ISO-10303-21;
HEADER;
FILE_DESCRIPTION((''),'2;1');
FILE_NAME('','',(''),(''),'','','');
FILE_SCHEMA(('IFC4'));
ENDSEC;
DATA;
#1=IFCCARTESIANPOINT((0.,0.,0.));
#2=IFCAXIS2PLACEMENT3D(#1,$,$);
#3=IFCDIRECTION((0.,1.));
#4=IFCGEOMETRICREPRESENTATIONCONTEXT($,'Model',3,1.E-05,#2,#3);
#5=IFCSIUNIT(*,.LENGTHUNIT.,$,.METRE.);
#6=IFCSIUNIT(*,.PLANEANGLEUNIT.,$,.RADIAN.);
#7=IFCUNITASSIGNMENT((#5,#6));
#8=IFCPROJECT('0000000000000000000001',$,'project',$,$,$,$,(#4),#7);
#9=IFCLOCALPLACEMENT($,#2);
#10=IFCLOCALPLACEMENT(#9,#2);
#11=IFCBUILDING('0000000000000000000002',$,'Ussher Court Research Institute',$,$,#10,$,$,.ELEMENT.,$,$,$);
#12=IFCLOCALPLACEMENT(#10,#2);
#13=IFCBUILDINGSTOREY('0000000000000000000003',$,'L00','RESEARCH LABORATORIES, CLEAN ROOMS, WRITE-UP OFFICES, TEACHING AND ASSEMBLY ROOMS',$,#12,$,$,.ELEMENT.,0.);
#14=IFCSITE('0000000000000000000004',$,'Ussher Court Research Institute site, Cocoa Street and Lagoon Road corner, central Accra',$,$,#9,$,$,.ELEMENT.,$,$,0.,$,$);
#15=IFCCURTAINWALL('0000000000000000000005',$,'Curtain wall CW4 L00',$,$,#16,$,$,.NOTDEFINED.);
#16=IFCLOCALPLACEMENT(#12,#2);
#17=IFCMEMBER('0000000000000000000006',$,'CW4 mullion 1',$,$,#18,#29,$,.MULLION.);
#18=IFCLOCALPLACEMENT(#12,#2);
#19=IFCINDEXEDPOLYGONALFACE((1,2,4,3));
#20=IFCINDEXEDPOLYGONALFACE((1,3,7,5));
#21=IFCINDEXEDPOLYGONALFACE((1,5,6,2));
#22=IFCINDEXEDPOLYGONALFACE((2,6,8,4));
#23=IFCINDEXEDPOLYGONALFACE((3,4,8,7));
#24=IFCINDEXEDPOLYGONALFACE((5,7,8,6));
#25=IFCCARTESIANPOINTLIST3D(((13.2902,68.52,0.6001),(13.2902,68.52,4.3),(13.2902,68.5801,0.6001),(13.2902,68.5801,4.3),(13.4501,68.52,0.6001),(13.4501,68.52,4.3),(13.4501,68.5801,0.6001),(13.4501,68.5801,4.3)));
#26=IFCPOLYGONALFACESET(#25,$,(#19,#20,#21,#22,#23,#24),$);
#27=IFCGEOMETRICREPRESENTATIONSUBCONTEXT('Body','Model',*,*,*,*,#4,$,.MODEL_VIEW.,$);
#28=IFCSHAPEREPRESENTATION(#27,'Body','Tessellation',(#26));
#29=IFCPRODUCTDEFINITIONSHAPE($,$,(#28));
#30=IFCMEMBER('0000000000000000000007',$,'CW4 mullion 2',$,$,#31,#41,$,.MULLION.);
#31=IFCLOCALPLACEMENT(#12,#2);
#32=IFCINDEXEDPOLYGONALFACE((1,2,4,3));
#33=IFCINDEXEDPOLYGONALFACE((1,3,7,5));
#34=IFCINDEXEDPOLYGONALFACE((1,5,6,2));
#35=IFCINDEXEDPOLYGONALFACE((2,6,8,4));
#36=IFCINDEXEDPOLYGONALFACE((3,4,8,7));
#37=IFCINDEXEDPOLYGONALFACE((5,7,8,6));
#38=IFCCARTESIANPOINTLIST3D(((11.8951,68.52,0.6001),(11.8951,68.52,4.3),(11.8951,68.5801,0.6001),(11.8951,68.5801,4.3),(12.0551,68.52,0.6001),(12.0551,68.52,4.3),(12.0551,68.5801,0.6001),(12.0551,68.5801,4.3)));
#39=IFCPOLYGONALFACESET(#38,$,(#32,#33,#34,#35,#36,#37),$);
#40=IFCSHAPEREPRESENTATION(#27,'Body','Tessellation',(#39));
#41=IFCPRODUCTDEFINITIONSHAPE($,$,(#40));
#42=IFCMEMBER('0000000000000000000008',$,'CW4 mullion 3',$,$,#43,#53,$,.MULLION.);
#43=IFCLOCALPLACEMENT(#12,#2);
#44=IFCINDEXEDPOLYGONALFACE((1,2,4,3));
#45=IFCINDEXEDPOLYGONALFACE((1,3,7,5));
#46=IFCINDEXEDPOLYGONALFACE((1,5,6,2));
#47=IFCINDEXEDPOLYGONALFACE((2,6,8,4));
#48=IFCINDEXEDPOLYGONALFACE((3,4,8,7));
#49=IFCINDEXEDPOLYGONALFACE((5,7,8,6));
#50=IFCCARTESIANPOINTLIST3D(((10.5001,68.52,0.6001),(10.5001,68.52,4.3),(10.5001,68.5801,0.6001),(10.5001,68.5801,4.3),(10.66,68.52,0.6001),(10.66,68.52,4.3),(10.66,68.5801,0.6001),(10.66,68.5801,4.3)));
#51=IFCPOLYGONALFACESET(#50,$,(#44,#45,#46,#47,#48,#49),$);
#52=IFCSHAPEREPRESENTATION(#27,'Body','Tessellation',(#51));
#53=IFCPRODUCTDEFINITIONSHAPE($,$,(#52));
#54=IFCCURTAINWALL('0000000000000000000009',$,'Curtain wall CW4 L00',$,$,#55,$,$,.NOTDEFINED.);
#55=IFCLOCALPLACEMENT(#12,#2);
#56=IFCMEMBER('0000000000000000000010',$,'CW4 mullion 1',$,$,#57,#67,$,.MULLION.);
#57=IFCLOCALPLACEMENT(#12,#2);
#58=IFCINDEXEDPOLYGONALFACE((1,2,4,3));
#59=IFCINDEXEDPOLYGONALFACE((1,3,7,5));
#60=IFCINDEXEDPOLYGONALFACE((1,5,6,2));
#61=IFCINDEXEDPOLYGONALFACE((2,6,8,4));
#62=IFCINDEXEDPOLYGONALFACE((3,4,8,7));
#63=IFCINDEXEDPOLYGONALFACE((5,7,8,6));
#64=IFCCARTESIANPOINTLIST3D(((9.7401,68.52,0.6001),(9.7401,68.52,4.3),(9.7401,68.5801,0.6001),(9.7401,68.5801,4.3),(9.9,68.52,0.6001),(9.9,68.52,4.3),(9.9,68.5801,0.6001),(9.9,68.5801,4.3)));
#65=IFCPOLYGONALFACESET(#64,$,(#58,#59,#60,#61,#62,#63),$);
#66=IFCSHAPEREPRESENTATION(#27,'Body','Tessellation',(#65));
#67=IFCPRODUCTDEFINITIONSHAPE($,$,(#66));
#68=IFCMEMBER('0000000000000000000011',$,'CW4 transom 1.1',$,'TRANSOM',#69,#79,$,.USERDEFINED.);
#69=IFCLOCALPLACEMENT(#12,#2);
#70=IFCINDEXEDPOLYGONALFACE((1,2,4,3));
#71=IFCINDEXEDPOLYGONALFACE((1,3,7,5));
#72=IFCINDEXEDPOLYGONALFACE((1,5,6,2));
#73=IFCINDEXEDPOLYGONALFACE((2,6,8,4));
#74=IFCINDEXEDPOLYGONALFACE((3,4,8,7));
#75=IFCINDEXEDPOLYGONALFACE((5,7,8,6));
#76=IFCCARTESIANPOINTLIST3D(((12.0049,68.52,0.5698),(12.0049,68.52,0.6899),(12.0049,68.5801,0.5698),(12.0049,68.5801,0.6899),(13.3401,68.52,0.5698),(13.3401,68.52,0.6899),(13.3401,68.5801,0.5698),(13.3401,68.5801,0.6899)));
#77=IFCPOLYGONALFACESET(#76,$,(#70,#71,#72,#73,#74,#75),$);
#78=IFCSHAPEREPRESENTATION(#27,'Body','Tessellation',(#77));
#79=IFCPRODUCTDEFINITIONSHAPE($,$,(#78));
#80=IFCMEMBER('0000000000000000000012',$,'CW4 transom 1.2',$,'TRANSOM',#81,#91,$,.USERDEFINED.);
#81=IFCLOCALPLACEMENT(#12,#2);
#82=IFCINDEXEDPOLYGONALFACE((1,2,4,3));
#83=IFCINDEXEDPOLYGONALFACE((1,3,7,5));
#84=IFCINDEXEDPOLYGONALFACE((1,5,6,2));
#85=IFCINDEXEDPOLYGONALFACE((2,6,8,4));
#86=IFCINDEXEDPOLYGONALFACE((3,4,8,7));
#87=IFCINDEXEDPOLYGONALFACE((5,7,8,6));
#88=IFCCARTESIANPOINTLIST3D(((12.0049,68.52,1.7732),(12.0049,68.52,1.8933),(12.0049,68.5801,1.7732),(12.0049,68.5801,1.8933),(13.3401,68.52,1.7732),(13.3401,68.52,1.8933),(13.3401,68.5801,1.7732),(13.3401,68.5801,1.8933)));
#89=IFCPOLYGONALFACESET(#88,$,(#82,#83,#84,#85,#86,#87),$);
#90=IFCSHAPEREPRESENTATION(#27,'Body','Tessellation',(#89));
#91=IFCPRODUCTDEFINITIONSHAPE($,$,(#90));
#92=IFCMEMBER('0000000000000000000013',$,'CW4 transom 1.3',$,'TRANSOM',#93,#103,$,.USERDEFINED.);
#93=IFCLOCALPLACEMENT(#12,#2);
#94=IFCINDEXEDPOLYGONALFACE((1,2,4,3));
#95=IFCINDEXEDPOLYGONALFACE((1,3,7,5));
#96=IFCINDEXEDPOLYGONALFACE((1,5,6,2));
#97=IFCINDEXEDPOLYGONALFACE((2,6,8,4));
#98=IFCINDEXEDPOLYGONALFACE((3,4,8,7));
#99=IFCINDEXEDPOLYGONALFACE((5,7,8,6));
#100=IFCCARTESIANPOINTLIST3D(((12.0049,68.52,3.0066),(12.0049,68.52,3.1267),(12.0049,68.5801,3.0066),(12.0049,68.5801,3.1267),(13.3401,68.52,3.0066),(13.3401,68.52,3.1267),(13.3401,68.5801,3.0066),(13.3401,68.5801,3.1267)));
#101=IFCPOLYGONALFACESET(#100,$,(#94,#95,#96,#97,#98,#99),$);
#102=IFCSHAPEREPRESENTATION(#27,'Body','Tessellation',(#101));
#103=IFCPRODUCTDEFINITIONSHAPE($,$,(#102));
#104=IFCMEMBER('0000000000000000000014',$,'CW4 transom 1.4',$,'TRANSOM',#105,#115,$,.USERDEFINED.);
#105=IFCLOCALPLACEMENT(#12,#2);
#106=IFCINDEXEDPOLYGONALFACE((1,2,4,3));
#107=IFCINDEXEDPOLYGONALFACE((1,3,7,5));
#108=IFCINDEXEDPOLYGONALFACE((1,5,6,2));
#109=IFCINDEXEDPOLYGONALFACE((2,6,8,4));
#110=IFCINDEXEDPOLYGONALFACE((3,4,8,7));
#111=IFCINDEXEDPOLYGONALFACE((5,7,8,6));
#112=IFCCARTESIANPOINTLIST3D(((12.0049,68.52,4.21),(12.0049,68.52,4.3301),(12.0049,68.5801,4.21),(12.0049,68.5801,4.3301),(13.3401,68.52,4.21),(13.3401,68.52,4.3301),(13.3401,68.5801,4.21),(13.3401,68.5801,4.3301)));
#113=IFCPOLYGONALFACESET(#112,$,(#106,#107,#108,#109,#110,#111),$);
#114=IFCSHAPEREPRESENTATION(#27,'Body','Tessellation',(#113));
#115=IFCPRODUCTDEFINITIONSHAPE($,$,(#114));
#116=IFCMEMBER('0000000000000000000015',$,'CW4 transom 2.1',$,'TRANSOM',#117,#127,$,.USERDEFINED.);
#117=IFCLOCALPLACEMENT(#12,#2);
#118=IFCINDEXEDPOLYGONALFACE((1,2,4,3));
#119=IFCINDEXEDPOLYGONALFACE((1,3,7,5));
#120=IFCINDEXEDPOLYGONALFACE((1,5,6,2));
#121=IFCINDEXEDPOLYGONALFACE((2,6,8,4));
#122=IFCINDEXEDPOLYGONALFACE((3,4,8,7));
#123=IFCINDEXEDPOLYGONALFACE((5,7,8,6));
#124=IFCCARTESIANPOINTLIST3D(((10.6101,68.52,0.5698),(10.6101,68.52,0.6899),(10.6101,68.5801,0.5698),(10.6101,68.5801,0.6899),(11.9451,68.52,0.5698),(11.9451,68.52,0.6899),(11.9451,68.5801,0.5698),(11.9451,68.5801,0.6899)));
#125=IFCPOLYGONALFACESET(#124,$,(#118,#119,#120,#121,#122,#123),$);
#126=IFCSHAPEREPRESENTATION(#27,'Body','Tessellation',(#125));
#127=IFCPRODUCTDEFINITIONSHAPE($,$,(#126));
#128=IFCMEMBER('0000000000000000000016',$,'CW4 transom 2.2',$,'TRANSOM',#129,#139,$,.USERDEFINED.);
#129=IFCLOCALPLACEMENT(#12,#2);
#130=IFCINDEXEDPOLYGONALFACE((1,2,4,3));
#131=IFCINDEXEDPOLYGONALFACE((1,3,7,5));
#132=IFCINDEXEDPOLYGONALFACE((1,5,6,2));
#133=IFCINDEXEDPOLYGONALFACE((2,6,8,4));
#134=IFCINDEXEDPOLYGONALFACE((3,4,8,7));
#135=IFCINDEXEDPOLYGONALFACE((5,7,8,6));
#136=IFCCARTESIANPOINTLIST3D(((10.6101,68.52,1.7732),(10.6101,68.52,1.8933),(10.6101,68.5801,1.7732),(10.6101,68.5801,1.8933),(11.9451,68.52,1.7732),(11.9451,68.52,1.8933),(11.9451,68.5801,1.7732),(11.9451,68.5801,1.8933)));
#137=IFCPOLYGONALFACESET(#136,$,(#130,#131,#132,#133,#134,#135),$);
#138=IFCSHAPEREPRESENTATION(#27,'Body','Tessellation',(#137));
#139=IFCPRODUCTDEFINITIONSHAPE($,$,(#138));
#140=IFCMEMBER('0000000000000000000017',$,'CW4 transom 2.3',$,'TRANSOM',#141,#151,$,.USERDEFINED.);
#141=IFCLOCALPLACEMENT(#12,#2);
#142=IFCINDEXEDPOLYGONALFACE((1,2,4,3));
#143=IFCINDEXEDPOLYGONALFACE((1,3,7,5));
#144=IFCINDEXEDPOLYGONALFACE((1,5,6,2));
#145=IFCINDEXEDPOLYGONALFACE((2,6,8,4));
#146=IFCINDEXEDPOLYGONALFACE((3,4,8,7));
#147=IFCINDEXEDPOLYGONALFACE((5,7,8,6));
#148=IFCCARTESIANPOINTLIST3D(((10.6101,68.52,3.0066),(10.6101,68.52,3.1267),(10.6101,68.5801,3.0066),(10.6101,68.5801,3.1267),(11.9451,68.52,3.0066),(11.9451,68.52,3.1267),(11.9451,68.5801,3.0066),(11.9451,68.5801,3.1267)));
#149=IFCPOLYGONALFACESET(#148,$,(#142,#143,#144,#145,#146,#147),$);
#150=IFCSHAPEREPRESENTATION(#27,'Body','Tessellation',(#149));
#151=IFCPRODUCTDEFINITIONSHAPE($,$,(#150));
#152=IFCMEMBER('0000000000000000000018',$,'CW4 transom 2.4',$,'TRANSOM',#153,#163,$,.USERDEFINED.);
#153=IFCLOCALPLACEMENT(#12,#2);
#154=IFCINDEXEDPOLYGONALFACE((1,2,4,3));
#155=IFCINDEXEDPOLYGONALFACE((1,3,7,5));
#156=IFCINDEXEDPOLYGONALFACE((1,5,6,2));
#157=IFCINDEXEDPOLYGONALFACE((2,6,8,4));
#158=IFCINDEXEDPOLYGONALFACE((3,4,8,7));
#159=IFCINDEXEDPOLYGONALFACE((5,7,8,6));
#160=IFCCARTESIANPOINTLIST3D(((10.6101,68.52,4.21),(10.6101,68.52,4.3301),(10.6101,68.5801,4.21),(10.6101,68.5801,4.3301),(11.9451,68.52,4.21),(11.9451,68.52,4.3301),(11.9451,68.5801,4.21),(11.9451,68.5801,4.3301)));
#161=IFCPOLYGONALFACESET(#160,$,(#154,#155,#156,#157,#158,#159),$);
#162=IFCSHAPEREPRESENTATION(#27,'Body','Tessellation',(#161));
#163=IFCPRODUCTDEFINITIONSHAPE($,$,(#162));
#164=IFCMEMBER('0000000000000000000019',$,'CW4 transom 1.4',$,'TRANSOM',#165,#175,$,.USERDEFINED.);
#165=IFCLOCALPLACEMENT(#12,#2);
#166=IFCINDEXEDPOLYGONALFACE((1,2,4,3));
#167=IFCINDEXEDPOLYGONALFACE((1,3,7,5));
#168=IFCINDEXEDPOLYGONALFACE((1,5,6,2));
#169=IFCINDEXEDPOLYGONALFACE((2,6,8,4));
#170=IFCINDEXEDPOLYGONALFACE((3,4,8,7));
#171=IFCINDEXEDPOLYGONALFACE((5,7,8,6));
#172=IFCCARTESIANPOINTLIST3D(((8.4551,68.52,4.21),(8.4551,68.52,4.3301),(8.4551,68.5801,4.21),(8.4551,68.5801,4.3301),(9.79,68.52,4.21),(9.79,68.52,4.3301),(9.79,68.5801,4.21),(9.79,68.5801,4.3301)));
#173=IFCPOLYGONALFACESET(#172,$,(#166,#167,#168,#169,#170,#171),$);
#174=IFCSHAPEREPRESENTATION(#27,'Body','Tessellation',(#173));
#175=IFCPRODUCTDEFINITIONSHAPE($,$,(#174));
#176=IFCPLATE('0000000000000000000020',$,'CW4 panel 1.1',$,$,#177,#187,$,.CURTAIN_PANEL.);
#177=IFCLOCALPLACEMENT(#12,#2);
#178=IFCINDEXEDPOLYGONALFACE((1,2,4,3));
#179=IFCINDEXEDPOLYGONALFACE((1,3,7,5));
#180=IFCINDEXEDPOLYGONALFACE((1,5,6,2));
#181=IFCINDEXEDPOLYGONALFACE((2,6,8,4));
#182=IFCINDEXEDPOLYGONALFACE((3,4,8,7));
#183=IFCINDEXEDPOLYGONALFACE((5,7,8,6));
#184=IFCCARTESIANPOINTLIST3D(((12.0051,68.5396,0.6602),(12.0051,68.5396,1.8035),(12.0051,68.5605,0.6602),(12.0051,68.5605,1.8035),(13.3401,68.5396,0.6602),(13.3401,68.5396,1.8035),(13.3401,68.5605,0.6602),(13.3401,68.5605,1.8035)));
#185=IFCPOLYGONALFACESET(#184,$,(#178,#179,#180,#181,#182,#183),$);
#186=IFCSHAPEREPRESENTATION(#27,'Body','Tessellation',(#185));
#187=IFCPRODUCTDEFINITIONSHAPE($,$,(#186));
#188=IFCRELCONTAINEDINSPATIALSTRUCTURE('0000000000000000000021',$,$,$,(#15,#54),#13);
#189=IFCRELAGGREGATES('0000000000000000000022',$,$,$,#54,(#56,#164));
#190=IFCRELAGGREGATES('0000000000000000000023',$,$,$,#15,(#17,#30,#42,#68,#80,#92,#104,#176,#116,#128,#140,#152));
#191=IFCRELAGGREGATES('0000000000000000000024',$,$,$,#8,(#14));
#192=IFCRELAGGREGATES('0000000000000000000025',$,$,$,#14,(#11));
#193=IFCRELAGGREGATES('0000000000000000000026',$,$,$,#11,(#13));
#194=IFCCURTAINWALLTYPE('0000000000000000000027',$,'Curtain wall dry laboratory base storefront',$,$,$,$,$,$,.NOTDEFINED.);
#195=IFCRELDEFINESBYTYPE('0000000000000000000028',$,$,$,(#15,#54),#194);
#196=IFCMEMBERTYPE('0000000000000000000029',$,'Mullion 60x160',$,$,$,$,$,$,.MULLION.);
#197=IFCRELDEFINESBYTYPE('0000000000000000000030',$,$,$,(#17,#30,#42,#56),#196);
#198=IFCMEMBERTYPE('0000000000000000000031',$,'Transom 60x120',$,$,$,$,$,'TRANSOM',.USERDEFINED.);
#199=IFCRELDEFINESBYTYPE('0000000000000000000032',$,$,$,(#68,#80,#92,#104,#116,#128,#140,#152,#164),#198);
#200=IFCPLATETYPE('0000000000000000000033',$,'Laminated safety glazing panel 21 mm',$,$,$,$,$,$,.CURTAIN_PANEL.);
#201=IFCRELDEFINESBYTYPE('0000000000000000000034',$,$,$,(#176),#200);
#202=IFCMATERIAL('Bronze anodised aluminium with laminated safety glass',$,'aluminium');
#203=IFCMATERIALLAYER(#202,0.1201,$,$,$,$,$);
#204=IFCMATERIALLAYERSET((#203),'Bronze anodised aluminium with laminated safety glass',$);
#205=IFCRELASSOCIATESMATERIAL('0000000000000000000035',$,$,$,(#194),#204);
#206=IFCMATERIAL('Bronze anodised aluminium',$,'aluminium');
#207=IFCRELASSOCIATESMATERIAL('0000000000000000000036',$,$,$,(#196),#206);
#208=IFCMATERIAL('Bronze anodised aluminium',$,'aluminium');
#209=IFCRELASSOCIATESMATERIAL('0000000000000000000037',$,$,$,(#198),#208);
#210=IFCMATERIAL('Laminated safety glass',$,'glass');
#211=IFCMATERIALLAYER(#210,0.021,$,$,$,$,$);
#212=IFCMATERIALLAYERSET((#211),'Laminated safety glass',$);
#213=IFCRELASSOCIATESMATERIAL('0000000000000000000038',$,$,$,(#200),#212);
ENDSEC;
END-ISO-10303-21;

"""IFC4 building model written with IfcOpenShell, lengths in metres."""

from ifc_helpers import new_model, si_unit, direction, frame, origin, origin_2d, place, context, subcontext, project, spatial, rectangle, extrude, material, layer, layer_set, material_profile, profile_set, type_object, element, aggregate, save


model = new_model("IFC4")

# Units and contexts
model_context = context("Model", 3, precision=1e-05, world=origin(), true_north=direction((0.0, 1.0)))
body_context = subcontext(model_context, "Body", "Model", "MODEL_VIEW")
ifc_project = project(units=[si_unit("LENGTHUNIT", "METRE"), si_unit("PLANEANGLEUNIT", "RADIAN")], contexts=[model_context])

# Site, building, storey
site_placement = place(None, origin())
site = spatial("IfcSite", under=ifc_project, at=site_placement, Name="Ussher Court Research Institute site, Cocoa Street and Lagoon Road corner, central Accra", CompositionType="ELEMENT", RefElevation=0.0)
building_placement = place(site_placement, origin())
building = spatial("IfcBuilding", under=site, at=building_placement, Name="Ussher Court Research Institute", CompositionType="ELEMENT")
storey_placement = place(building_placement, origin())
storey = spatial("IfcBuildingStorey", under=building, at=storey_placement, Name="L00", Description="RESEARCH LABORATORIES, CLEAN ROOMS, WRITE-UP OFFICES, TEACHING AND ASSEMBLY ROOMS", CompositionType="ELEMENT", Elevation=0.0)

# Curtain wall, members
ifc_material_1 = material(Name="Bronze anodised aluminium with laminated safety glass", Category="aluminium")
ifc_layer_1 = layer(ifc_material_1, 0.1201)
ifc_layer_set_1 = layer_set([ifc_layer_1], Name="Bronze anodised aluminium with laminated safety glass")
curtain_wall_type = type_object("IfcCurtainWallType", Name="Curtain wall dry laboratory base storefront", PredefinedType="NOTDEFINED", material=ifc_layer_set_1)
curtain_wall_1_placement = place(storey_placement, origin())
curtain_wall_1 = element("IfcCurtainWall", 1, at=curtain_wall_1_placement, inside=storey, type_object=curtain_wall_type, Name="Curtain wall CW4 L00", PredefinedType="NOTDEFINED")
ifc_material_2 = material(Name="Bronze anodised aluminium", Category="aluminium")
ifc_material_profile_1 = material_profile(ifc_material_2, rectangle(XDim=0.0601, YDim=0.1599, at=origin_2d()), Name="Mullion 60x160")
ifc_profile_set_1 = profile_set([ifc_material_profile_1], Name="Bronze anodised aluminium")
member_type_1 = type_object("IfcMemberType", Name="Mullion 60x160", PredefinedType="MULLION", material=ifc_profile_set_1)
member_1_placement = place(storey_placement, frame((13.3701, 68.55, 0.6001), z_axis=(0.0, 0.0, 1.0), x_axis=(0.0, -1.0, 0.0)))
member_1 = element("IfcMember", 2, at=member_1_placement, type_object=member_type_1, Name="CW4 mullion 1", PredefinedType="MULLION", context=body_context, shape_type="SweptSolid", body=[
    extrude(rectangle(XDim=0.0601, YDim=0.1599, at=origin_2d()), origin(), (0.0, 0.0, 1.0), 3.7),
])
member_2_placement = place(storey_placement, frame((11.9751, 68.55, 0.6001), z_axis=(0.0, 0.0, 1.0), x_axis=(0.0, -1.0, 0.0)))
member_2 = element("IfcMember", 3, at=member_2_placement, type_object=member_type_1, Name="CW4 mullion 2", PredefinedType="MULLION", context=body_context, shape_type="SweptSolid", body=[
    extrude(rectangle(XDim=0.0601, YDim=0.1599, at=origin_2d()), origin(), (0.0, 0.0, 1.0), 3.7),
])
member_3_placement = place(storey_placement, frame((10.5801, 68.55, 0.6001), z_axis=(0.0, 0.0, 1.0), x_axis=(0.0, -1.0, 0.0)))
member_3 = element("IfcMember", 4, at=member_3_placement, type_object=member_type_1, Name="CW4 mullion 3", PredefinedType="MULLION", context=body_context, shape_type="SweptSolid", body=[
    extrude(rectangle(XDim=0.0601, YDim=0.1599, at=origin_2d()), origin(), (0.0, 0.0, 1.0), 3.7),
])

# Curtain wall, member
curtain_wall_2_placement = place(storey_placement, origin())
curtain_wall_2 = element("IfcCurtainWall", 5, at=curtain_wall_2_placement, inside=storey, type_object=curtain_wall_type, Name="Curtain wall CW4 L00", PredefinedType="NOTDEFINED")
member_4_placement = place(storey_placement, frame((9.8201, 68.55, 0.6001), z_axis=(0.0, 0.0, 1.0), x_axis=(0.0, -1.0, 0.0)))
member_4 = element("IfcMember", 6, at=member_4_placement, type_object=member_type_1, Name="CW4 mullion 1", PredefinedType="MULLION", context=body_context, shape_type="SweptSolid", body=[
    extrude(rectangle(XDim=0.0601, YDim=0.1599, at=origin_2d()), origin(), (0.0, 0.0, 1.0), 3.7),
])

# Members
ifc_material_3 = material(Name="Bronze anodised aluminium", Category="aluminium")
ifc_material_profile_2 = material_profile(ifc_material_3, rectangle(XDim=0.0601, YDim=0.1201, at=origin_2d()), Name="Transom 60x120")
ifc_profile_set_2 = profile_set([ifc_material_profile_2], Name="Bronze anodised aluminium")
member_type_2 = type_object("IfcMemberType", Name="Transom 60x120", ElementType="TRANSOM", PredefinedType="USERDEFINED", material=ifc_profile_set_2)
member_5_placement = place(storey_placement, frame((13.3401, 68.55, 0.6299), z_axis=(-1.0, 0.0, 0.0), x_axis=(0.0, -1.0, 0.0)))
member_5 = element("IfcMember", 7, at=member_5_placement, type_object=member_type_2, Name="CW4 transom 1.1", ObjectType="TRANSOM", PredefinedType="USERDEFINED", context=body_context, shape_type="SweptSolid", body=[
    extrude(rectangle(XDim=0.0601, YDim=0.1201, at=origin_2d()), origin(), (0.0, 0.0, 1.0), 1.3352),
])
member_6_placement = place(storey_placement, frame((13.3401, 68.55, 1.8333), z_axis=(-1.0, 0.0, 0.0), x_axis=(0.0, -1.0, 0.0)))
member_6 = element("IfcMember", 8, at=member_6_placement, type_object=member_type_2, Name="CW4 transom 1.2", ObjectType="TRANSOM", PredefinedType="USERDEFINED", context=body_context, shape_type="SweptSolid", body=[
    extrude(rectangle(XDim=0.0601, YDim=0.1201, at=origin_2d()), origin(), (0.0, 0.0, 1.0), 1.3352),
])
member_7_placement = place(storey_placement, frame((13.3401, 68.55, 3.0667), z_axis=(-1.0, 0.0, 0.0), x_axis=(0.0, -1.0, 0.0)))
member_7 = element("IfcMember", 9, at=member_7_placement, type_object=member_type_2, Name="CW4 transom 1.3", ObjectType="TRANSOM", PredefinedType="USERDEFINED", context=body_context, shape_type="SweptSolid", body=[
    extrude(rectangle(XDim=0.0601, YDim=0.1201, at=origin_2d()), origin(), (0.0, 0.0, 1.0), 1.3352),
])
member_8_placement = place(storey_placement, frame((13.3401, 68.55, 4.27), z_axis=(-1.0, 0.0, 0.0), x_axis=(0.0, -1.0, 0.0)))
member_8 = element("IfcMember", 10, at=member_8_placement, type_object=member_type_2, Name="CW4 transom 1.4", ObjectType="TRANSOM", PredefinedType="USERDEFINED", context=body_context, shape_type="SweptSolid", body=[
    extrude(rectangle(XDim=0.0601, YDim=0.1201, at=origin_2d()), origin(), (0.0, 0.0, 1.0), 1.3352),
])
member_9_placement = place(storey_placement, frame((11.9451, 68.55, 0.6299), z_axis=(-1.0, 0.0, 0.0), x_axis=(0.0, -1.0, 0.0)))
member_9 = element("IfcMember", 11, at=member_9_placement, type_object=member_type_2, Name="CW4 transom 2.1", ObjectType="TRANSOM", PredefinedType="USERDEFINED", context=body_context, shape_type="SweptSolid", body=[
    extrude(rectangle(XDim=0.0601, YDim=0.1201, at=origin_2d()), origin(), (0.0, 0.0, 1.0), 1.335),
])
member_10_placement = place(storey_placement, frame((11.9451, 68.55, 1.8333), z_axis=(-1.0, 0.0, 0.0), x_axis=(0.0, -1.0, 0.0)))
member_10 = element("IfcMember", 12, at=member_10_placement, type_object=member_type_2, Name="CW4 transom 2.2", ObjectType="TRANSOM", PredefinedType="USERDEFINED", context=body_context, shape_type="SweptSolid", body=[
    extrude(rectangle(XDim=0.0601, YDim=0.1201, at=origin_2d()), origin(), (0.0, 0.0, 1.0), 1.335),
])
member_11_placement = place(storey_placement, frame((11.9451, 68.55, 3.0667), z_axis=(-1.0, 0.0, 0.0), x_axis=(0.0, -1.0, 0.0)))
member_11 = element("IfcMember", 13, at=member_11_placement, type_object=member_type_2, Name="CW4 transom 2.3", ObjectType="TRANSOM", PredefinedType="USERDEFINED", context=body_context, shape_type="SweptSolid", body=[
    extrude(rectangle(XDim=0.0601, YDim=0.1201, at=origin_2d()), origin(), (0.0, 0.0, 1.0), 1.335),
])
member_12_placement = place(storey_placement, frame((11.9451, 68.55, 4.27), z_axis=(-1.0, 0.0, 0.0), x_axis=(0.0, -1.0, 0.0)))
member_12 = element("IfcMember", 14, at=member_12_placement, type_object=member_type_2, Name="CW4 transom 2.4", ObjectType="TRANSOM", PredefinedType="USERDEFINED", context=body_context, shape_type="SweptSolid", body=[
    extrude(rectangle(XDim=0.0601, YDim=0.1201, at=origin_2d()), origin(), (0.0, 0.0, 1.0), 1.335),
])
member_13_placement = place(storey_placement, frame((9.79, 68.55, 4.27), z_axis=(-1.0, 0.0, 0.0), x_axis=(0.0, -1.0, 0.0)))
member_13 = element("IfcMember", 15, at=member_13_placement, type_object=member_type_2, Name="CW4 transom 1.4", ObjectType="TRANSOM", PredefinedType="USERDEFINED", context=body_context, shape_type="SweptSolid", body=[
    extrude(rectangle(XDim=0.0601, YDim=0.1201, at=origin_2d()), origin(), (0.0, 0.0, 1.0), 1.335),
])
aggregate(curtain_wall_2, [member_4, member_13])

# Plate
ifc_material_4 = material(Name="Laminated safety glass", Category="glass")
ifc_layer_2 = layer(ifc_material_4, 0.021)
ifc_layer_set_2 = layer_set([ifc_layer_2], Name="Laminated safety glass")
plate_type = type_object("IfcPlateType", Name="Laminated safety glazing panel 21 mm", PredefinedType="CURTAIN_PANEL", material=ifc_layer_set_2)
plate_1_placement = place(storey_placement, frame((12.6726, 68.55, 0.6602), z_axis=(0.0, 0.0, 1.0), x_axis=(-1.0, 0.0, 0.0)))
plate_1 = element("IfcPlate", 16, at=plate_1_placement, type_object=plate_type, Name="CW4 panel 1.1", PredefinedType="CURTAIN_PANEL", context=body_context, shape_type="SweptSolid", body=[
    extrude(rectangle(XDim=1.335, YDim=0.021, at=origin_2d()), origin(), (0.0, 0.0, 1.0), 1.1433),
])
aggregate(curtain_wall_1, [member_1, member_2, member_3, member_5, member_6, member_7, member_8, plate_1, member_9, member_10, member_11, member_12])

save(model, "model.ifc")
